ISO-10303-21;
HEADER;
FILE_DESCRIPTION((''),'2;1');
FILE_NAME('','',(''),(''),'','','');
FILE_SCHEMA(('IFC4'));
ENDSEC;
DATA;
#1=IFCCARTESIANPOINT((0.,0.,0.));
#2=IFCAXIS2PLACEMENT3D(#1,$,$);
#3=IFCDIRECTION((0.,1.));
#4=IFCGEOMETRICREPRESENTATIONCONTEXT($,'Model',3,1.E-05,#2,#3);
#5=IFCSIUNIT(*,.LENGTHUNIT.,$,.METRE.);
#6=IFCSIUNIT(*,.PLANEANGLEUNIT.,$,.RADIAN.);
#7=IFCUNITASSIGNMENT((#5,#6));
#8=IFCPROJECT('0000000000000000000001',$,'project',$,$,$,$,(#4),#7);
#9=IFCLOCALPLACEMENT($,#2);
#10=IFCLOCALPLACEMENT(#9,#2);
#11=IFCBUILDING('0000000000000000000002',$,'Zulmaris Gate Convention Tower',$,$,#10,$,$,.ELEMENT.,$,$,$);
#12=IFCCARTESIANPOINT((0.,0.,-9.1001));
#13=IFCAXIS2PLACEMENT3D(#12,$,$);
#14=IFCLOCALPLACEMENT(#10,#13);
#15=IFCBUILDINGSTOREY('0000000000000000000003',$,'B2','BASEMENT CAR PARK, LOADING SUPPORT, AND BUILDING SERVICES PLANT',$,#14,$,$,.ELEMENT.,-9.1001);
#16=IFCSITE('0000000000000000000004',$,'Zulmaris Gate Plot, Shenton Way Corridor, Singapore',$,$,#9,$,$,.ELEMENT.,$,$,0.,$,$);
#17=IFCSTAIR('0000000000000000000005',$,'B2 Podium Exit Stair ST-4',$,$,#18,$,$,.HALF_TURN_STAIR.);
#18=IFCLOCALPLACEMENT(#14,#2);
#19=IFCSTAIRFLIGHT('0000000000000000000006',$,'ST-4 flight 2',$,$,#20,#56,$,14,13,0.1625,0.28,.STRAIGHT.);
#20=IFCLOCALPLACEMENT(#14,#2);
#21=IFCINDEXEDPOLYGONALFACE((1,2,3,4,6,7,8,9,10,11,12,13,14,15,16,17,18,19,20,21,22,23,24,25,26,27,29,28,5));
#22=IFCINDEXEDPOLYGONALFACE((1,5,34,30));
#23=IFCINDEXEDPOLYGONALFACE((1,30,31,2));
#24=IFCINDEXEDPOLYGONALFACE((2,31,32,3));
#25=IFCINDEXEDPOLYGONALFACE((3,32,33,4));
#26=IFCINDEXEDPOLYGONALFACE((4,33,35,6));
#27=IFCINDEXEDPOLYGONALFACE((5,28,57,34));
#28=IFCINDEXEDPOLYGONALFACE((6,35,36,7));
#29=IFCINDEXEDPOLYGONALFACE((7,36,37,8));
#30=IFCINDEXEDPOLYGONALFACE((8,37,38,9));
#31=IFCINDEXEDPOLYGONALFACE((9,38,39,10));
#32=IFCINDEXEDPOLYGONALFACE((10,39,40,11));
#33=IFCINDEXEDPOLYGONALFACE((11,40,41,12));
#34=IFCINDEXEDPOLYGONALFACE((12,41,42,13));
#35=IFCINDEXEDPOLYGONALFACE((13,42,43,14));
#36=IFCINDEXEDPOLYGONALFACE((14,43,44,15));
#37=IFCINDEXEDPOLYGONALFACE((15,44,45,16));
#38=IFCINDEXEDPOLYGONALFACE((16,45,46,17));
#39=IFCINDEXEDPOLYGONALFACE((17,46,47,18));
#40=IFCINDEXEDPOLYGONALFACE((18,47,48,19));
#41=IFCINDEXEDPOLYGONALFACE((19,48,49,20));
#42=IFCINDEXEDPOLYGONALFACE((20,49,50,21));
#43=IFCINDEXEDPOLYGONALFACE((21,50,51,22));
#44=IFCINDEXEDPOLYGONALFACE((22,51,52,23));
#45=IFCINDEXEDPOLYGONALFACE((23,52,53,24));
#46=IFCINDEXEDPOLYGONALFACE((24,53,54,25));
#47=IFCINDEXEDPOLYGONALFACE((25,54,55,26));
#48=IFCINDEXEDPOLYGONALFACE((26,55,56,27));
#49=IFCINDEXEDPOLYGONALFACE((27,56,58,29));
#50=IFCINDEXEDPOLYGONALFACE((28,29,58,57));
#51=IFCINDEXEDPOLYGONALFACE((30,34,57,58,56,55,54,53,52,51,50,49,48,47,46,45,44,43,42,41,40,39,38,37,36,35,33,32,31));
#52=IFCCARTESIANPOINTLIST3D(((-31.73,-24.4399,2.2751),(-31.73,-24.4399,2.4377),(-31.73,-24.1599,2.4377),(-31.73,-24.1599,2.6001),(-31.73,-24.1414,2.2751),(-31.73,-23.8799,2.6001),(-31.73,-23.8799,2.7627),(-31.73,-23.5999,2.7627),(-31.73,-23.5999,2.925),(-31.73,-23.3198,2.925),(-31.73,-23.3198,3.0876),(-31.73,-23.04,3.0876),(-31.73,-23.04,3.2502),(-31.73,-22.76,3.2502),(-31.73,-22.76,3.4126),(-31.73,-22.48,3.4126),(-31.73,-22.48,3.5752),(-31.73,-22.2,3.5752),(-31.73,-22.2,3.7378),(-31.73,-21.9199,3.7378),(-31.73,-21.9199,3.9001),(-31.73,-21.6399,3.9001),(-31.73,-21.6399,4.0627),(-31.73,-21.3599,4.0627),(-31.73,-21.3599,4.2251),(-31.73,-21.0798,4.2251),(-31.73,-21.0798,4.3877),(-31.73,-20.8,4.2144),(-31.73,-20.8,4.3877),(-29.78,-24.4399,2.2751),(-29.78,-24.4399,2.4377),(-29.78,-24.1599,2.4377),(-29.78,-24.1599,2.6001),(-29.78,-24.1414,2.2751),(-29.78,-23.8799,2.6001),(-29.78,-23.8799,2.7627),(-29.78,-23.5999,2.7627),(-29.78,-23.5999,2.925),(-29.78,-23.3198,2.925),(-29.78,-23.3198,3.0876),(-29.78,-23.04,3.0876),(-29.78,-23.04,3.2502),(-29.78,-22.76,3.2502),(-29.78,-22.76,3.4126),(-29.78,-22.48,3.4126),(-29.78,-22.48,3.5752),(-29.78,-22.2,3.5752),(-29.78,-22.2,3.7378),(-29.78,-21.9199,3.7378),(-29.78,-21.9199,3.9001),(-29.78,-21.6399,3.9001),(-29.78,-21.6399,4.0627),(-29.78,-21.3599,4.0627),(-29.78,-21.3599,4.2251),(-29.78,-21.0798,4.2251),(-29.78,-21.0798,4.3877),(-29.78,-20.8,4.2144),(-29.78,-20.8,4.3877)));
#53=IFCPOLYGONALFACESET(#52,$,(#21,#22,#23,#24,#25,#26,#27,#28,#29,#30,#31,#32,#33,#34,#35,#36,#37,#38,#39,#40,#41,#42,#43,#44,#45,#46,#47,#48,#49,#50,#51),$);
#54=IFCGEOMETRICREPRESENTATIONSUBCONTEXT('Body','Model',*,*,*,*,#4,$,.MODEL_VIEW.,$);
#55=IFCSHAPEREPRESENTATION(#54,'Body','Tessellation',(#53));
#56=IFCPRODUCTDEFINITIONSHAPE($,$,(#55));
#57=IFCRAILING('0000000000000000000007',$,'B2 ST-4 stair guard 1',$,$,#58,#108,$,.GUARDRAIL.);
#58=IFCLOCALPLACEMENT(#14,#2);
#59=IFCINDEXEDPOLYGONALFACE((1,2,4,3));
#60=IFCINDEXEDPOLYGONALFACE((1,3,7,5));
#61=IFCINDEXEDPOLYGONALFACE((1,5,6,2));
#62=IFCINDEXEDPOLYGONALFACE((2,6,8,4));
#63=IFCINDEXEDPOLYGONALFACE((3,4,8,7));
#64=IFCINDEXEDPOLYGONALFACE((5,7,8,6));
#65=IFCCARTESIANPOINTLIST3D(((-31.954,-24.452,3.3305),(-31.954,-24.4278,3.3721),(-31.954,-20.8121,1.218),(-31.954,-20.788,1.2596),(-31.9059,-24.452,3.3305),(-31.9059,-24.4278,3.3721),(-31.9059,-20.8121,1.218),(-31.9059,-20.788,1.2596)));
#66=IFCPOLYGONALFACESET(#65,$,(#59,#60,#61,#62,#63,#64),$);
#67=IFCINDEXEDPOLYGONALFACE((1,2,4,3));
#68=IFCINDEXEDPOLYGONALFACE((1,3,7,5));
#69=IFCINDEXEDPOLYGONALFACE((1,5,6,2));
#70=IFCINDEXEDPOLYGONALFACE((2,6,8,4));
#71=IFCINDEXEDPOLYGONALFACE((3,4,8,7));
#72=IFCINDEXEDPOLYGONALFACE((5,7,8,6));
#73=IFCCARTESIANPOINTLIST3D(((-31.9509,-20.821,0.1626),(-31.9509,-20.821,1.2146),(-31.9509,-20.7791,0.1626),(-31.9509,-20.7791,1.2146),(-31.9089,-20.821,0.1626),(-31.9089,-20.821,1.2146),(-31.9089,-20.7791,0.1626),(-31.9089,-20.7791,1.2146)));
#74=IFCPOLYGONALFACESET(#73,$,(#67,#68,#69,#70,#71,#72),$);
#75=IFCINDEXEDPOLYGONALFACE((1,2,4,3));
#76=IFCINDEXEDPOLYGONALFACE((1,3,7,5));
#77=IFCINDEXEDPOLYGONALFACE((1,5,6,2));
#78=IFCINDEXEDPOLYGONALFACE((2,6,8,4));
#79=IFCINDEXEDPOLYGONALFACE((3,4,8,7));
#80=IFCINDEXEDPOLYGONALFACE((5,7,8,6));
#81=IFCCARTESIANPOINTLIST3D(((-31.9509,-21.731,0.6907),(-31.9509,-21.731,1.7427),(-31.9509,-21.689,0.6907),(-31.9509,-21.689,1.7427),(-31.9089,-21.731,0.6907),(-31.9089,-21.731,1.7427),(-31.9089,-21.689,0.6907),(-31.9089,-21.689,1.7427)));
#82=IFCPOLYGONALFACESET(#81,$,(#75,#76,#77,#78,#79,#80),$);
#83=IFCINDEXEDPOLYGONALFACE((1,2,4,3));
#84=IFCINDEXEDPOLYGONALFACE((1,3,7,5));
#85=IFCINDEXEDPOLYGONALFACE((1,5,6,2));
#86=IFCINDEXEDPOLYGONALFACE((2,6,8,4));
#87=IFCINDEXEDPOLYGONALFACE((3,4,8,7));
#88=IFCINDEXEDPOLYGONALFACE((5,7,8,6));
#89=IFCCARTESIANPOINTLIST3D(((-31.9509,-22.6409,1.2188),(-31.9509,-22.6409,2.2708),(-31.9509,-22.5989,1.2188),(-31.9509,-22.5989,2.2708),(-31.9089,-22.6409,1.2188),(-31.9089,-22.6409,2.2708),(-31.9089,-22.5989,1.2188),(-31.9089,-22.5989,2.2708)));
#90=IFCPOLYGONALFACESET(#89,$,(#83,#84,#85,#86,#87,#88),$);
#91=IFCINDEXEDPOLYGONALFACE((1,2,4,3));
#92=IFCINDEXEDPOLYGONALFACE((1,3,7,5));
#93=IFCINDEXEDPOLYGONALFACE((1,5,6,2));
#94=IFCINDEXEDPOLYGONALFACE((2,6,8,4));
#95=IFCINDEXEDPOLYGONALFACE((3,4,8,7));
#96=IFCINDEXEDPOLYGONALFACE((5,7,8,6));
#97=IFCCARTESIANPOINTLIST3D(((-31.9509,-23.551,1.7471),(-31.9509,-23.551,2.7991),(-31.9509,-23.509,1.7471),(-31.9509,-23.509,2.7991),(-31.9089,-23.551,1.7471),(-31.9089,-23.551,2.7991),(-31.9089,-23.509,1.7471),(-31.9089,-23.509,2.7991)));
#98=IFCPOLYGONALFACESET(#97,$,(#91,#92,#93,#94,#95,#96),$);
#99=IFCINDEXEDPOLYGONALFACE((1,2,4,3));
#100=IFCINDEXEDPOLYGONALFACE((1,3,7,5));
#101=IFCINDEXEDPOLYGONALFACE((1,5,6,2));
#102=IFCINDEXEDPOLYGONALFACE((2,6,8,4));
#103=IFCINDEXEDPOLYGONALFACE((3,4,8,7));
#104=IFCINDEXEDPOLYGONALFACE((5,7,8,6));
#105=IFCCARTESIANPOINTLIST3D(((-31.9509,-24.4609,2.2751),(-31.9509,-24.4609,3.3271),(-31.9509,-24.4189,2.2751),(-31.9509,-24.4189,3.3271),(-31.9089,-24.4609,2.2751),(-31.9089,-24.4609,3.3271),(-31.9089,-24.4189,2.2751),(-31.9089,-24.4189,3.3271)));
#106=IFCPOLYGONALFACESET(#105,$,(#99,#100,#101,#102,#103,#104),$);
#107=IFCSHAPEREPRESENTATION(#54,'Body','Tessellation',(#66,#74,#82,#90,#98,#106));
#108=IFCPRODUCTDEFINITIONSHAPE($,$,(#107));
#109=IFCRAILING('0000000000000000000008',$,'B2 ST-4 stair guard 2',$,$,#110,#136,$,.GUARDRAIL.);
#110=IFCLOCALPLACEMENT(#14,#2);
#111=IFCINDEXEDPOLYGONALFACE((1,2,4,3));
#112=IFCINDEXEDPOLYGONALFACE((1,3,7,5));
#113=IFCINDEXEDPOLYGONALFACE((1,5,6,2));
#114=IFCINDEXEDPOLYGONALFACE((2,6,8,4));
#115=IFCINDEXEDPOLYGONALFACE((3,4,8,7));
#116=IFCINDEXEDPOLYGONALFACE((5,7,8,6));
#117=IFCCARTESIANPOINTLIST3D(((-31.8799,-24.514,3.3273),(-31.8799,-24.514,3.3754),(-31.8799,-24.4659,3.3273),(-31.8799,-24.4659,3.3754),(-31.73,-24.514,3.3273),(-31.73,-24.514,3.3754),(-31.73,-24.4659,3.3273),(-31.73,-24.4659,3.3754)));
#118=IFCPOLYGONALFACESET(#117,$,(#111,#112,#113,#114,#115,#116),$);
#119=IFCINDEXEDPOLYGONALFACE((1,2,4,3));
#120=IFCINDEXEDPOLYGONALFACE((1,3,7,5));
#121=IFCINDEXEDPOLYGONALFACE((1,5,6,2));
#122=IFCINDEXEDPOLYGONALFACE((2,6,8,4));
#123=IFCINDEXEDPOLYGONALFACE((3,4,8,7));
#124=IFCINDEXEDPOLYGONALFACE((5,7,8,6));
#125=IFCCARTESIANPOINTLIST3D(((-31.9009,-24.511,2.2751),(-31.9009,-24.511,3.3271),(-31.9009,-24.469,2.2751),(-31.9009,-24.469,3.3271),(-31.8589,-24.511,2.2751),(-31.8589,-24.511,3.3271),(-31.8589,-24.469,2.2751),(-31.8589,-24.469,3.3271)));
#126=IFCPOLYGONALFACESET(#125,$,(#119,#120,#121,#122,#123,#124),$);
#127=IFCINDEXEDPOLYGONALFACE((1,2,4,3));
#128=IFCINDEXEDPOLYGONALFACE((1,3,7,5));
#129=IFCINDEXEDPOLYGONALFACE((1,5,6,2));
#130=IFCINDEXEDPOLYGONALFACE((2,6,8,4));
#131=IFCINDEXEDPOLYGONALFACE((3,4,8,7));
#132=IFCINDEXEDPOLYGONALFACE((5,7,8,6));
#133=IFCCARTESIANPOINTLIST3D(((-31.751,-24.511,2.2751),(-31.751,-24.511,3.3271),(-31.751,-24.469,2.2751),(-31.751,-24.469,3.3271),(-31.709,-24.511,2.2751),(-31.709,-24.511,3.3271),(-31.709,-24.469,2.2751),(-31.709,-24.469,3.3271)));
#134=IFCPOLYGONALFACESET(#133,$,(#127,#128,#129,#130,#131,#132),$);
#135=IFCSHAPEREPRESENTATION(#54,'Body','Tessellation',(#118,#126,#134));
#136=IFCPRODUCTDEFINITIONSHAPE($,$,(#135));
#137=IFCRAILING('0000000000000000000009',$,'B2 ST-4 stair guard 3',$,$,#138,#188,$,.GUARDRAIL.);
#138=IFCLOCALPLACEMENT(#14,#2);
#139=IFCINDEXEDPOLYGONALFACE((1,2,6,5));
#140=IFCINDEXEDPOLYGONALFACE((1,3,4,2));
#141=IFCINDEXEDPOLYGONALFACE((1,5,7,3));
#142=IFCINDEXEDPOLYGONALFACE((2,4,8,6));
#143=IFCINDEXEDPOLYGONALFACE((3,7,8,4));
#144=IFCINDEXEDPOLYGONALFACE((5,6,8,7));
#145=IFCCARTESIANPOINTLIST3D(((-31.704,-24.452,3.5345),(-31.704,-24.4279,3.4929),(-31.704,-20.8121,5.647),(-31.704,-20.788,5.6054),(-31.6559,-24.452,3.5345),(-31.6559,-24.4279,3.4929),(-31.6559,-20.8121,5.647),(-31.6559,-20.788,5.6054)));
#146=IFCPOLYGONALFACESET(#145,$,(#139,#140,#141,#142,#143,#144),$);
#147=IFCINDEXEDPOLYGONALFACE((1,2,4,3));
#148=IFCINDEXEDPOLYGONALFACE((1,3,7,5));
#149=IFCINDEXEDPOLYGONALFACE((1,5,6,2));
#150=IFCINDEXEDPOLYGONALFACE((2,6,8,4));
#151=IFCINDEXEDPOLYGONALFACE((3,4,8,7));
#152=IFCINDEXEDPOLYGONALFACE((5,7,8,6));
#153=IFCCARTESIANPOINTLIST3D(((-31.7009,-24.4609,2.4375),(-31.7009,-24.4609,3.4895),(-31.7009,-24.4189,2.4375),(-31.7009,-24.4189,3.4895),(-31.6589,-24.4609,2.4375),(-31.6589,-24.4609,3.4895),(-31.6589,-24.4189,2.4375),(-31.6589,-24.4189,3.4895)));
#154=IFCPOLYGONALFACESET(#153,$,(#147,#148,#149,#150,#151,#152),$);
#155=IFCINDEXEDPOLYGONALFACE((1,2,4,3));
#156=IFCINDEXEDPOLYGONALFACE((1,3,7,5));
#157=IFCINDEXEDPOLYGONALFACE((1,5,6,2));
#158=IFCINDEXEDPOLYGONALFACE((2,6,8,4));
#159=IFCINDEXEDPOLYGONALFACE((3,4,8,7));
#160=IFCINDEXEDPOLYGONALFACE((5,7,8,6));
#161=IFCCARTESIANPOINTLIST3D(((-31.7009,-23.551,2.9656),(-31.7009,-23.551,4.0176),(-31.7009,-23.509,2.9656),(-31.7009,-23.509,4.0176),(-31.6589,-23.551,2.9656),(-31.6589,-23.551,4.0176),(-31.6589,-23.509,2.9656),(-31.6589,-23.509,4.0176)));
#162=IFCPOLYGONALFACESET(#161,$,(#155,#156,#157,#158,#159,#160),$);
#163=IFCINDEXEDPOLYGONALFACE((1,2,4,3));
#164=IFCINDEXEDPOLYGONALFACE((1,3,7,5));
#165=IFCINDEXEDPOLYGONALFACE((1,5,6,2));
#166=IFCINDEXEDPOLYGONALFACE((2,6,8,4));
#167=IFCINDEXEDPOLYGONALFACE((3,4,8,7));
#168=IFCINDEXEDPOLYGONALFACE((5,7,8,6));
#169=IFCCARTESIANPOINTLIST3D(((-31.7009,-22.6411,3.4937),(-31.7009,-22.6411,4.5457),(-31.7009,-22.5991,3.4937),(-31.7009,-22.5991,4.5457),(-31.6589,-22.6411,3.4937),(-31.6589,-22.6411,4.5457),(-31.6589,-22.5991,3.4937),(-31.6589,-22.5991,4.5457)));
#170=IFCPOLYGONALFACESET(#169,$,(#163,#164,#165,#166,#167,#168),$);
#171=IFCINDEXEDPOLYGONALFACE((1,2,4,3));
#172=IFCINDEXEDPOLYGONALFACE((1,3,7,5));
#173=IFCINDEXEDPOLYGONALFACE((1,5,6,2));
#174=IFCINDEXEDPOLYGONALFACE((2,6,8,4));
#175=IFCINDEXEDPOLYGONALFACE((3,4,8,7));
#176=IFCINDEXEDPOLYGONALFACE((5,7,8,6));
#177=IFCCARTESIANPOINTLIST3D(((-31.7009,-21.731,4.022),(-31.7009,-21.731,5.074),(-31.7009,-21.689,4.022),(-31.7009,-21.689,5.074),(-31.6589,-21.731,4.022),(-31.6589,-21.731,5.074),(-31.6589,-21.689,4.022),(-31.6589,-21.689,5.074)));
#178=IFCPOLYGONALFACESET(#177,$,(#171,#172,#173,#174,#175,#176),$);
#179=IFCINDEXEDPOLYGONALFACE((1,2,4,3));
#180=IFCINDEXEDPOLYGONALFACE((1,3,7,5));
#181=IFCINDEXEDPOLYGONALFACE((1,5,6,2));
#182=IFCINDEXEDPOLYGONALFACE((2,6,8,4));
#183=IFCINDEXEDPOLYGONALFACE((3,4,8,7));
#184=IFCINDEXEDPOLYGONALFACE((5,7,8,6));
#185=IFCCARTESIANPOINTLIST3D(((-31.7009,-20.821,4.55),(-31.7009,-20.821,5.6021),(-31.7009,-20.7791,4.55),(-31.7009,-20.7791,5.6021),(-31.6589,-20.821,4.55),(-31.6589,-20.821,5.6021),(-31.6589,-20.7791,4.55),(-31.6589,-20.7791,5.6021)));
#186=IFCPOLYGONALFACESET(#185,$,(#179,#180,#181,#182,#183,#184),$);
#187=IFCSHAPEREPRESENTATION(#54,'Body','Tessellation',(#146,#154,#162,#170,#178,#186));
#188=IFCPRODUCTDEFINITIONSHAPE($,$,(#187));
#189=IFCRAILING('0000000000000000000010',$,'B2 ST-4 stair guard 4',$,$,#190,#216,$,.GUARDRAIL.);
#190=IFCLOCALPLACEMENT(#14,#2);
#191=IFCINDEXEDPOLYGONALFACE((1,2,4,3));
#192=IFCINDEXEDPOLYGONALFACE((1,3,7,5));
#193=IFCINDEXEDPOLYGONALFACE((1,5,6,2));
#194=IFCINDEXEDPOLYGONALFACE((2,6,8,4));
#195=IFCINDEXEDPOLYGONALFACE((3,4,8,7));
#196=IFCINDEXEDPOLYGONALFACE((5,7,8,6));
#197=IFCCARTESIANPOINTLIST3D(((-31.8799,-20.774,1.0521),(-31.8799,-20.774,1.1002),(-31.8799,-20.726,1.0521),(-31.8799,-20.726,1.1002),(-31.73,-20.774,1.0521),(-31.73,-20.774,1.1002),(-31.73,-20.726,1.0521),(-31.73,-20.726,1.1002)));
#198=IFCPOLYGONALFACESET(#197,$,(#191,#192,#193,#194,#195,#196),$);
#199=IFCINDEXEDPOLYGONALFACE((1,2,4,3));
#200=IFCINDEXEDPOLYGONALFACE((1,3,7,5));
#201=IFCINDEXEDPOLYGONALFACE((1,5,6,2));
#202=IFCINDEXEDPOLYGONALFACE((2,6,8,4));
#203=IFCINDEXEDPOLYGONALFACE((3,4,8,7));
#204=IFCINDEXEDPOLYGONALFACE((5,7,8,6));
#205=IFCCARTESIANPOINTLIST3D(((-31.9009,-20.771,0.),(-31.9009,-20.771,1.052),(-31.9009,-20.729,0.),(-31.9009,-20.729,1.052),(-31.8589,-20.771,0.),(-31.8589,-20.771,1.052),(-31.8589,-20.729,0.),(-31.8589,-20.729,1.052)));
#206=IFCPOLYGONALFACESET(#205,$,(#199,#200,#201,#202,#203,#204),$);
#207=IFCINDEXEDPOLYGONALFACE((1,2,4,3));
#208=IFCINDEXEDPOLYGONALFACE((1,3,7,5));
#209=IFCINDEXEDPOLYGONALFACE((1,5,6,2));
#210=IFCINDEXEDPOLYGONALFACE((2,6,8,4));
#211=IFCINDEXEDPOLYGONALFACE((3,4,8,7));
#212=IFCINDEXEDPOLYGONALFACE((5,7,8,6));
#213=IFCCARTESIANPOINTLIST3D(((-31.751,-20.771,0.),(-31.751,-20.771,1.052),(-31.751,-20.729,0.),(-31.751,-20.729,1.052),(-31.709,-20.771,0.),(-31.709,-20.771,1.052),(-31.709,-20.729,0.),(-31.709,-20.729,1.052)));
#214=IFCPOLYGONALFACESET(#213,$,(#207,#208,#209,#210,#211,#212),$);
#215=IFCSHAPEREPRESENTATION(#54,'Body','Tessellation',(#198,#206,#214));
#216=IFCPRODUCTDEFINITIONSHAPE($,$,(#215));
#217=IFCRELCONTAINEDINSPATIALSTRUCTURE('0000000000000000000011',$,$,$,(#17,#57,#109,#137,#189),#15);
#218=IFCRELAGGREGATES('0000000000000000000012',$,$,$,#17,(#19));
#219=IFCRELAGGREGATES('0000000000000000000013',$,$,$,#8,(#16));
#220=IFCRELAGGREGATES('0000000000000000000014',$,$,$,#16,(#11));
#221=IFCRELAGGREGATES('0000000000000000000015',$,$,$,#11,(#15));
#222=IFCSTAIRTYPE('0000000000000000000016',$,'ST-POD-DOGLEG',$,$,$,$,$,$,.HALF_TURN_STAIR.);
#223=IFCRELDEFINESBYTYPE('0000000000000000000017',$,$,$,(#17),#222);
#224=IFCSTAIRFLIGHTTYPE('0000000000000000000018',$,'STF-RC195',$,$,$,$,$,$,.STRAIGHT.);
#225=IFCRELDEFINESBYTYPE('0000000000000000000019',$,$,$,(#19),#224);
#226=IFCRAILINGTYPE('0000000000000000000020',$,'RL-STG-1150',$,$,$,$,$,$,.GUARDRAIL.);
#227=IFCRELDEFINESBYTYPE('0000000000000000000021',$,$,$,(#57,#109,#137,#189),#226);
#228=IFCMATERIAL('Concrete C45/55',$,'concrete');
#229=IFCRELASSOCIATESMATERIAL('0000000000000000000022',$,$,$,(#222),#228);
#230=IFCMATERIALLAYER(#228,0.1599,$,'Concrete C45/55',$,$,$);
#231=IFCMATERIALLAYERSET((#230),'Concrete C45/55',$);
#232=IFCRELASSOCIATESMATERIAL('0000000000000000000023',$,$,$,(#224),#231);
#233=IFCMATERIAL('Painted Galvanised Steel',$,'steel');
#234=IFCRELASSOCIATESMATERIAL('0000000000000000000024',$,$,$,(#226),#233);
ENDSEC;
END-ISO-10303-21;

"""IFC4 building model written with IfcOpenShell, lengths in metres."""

from ifc_helpers import new_model, si_unit, direction, frame, origin, origin_2d, place, context, subcontext, project, spatial, polyline, rectangle, outline, extrude, material, layer, layer_set, type_object, element, aggregate, save


model = new_model("IFC4")

# Units and contexts
model_context = context("Model", 3, precision=1e-05, world=origin(), true_north=direction((0.0, 1.0)))
body_context = subcontext(model_context, "Body", "Model", "MODEL_VIEW")
ifc_project = project(units=[si_unit("LENGTHUNIT", "METRE"), si_unit("PLANEANGLEUNIT", "RADIAN")], contexts=[model_context])

# Site, building, storey
site_placement = place(None, origin())
site = spatial("IfcSite", under=ifc_project, at=site_placement, Name="Zulmaris Gate Plot, Shenton Way Corridor, Singapore", CompositionType="ELEMENT", RefElevation=0.0)
building_placement = place(site_placement, origin())
building = spatial("IfcBuilding", under=site, at=building_placement, Name="Zulmaris Gate Convention Tower", CompositionType="ELEMENT")
storey_placement = place(building_placement, frame((0.0, 0.0, -9.1001)))
storey = spatial("IfcBuildingStorey", under=building, at=storey_placement, Name="B2", Description="BASEMENT CAR PARK, LOADING SUPPORT, AND BUILDING SERVICES PLANT", CompositionType="ELEMENT", Elevation=-9.1001)

# Stair, stair flight
ifc_material_1 = material(Name="Concrete C45/55", Category="concrete")
stair_type = type_object("IfcStairType", Name="ST-POD-DOGLEG", PredefinedType="HALF_TURN_STAIR", material=ifc_material_1)
stair_placement = place(storey_placement, origin())
stair = element("IfcStair", 1, at=stair_placement, inside=storey, type_object=stair_type, Name="B2 Podium Exit Stair ST-4", PredefinedType="HALF_TURN_STAIR")
ifc_layer_1 = layer(ifc_material_1, 0.1599, Name="Concrete C45/55")
ifc_layer_set_1 = layer_set([ifc_layer_1], Name="Concrete C45/55")
stair_flight_type = type_object("IfcStairFlightType", Name="STF-RC195", PredefinedType="STRAIGHT", material=ifc_layer_set_1)
stair_flight_1_placement = place(storey_placement, frame((-30.7549, -24.4399, 2.2751), z_axis=(0.0, 0.0, 1.0), x_axis=(0.0, 1.0, 0.0)))
stair_flight_1 = element("IfcStairFlight", 2, at=stair_flight_1_placement, type_object=stair_flight_type, Name="ST-4 flight 2", NumberOfRisers=14, NumberOfTreads=13, PredefinedType="STRAIGHT", RiserHeight=0.1625, TreadLength=0.28, context=body_context, shape_type="SweptSolid", body=[
    extrude(outline(polyline([(0.0, 0.0), (0.0, 0.1626), (0.28, 0.1626), (0.28, 0.325), (0.5601, 0.325), (0.5601, 0.4875), (0.8401, 0.4875), (0.8401, 0.6499), (1.1201, 0.6499), (1.1201, 0.8125), (1.3999, 0.8125), (1.3999, 0.9751), (1.6799, 0.9751), (1.6799, 1.1375), (1.96, 1.1375), (1.96, 1.3), (2.24, 1.3), (2.24, 1.4626), (2.52, 1.4626), (2.52, 1.625), (2.8, 1.625), (2.8, 1.7876), (3.0801, 1.7876), (3.0801, 1.95), (3.3601, 1.95), (3.3601, 2.1125), (3.6399, 2.1125), (3.6399, 2.2751), (3.6399, 1.9392), (0.2986, 0.0), (0.0, 0.0)])), frame((0.0, 0.9751, 0.0), z_axis=(0.0, -1.0, 0.0), x_axis=(1.0, 0.0, 0.0)), (0.0, 0.0, 1.0), 1.95),
])
aggregate(stair, [stair_flight_1])

# Railings
ifc_material_2 = material(Name="Painted Galvanised Steel", Category="steel")
railing_type_1 = type_object("IfcRailingType", Name="RL-STG-1150", PredefinedType="GUARDRAIL", material=ifc_material_2)
railing_1_placement = place(storey_placement, frame((-31.9299, -20.8, 0.1626)))
element("IfcRailing", 3, at=railing_1_placement, inside=storey, type_object=railing_type_1, Name="B2 ST-4 stair guard 1", PredefinedType="GUARDRAIL", context=body_context, shape_type="SweptSolid", body=[
    extrude(rectangle(XDim=0.0481, YDim=0.0481, at=origin_2d()), frame((0.0, 0.0, 1.0762), z_axis=(0.0, -0.864886, 0.501969), x_axis=(1.0, 0.0, 0.0)), (0.0, 0.0, 1.0), 4.2085),
    extrude(rectangle(XDim=0.042, YDim=0.042, at=origin_2d()), origin(), (0.0, 0.0, 1.0), 1.052),
    extrude(rectangle(XDim=0.042, YDim=0.042, at=origin_2d()), frame((0.0, -0.9099, 0.5281)), (0.0, 0.0, 1.0), 1.052),
    extrude(rectangle(XDim=0.042, YDim=0.042, at=origin_2d()), frame((0.0, -1.8198, 1.0562)), (0.0, 0.0, 1.0), 1.052),
    extrude(rectangle(XDim=0.042, YDim=0.042, at=origin_2d()), frame((0.0, -2.73, 1.5845)), (0.0, 0.0, 1.0), 1.052),
    extrude(rectangle(XDim=0.042, YDim=0.042, at=origin_2d()), frame((0.0, -3.6399, 2.1125)), (0.0, 0.0, 1.0), 1.052),
])
railing_2_placement = place(storey_placement, frame((-31.8799, -24.49, 2.2751)))
element("IfcRailing", 4, at=railing_2_placement, inside=storey, type_object=railing_type_1, Name="B2 ST-4 stair guard 2", PredefinedType="GUARDRAIL", context=body_context, shape_type="SweptSolid", body=[
    extrude(rectangle(XDim=0.0481, YDim=0.0481, at=origin_2d()), frame((0.0, 0.0, 1.0762), z_axis=(1.0, 0.0, 0.0), x_axis=(0.0, 1.0, 0.0)), (0.0, 0.0, 1.0), 0.1499),
    extrude(rectangle(XDim=0.042, YDim=0.042, at=origin_2d()), origin(), (0.0, 0.0, 1.0), 1.052),
    extrude(rectangle(XDim=0.042, YDim=0.042, at=origin_2d()), frame((0.1499, 0.0, 0.0)), (0.0, 0.0, 1.0), 1.052),
])
railing_3_placement = place(storey_placement, frame((-31.6799, -24.4399, 2.4375)))
element("IfcRailing", 5, at=railing_3_placement, inside=storey, type_object=railing_type_1, Name="B2 ST-4 stair guard 3", PredefinedType="GUARDRAIL", context=body_context, shape_type="SweptSolid", body=[
    extrude(rectangle(XDim=0.0481, YDim=0.0481, at=origin_2d()), frame((0.0, 0.0, 1.0762), z_axis=(0.0, 0.864886, 0.501969), x_axis=(-1.0, 0.0, 0.0)), (0.0, 0.0, 1.0), 4.2085),
    extrude(rectangle(XDim=0.042, YDim=0.042, at=origin_2d()), origin(), (0.0, 0.0, 1.0), 1.052),
    extrude(rectangle(XDim=0.042, YDim=0.042, at=origin_2d()), frame((0.0, 0.9099, 0.5281)), (0.0, 0.0, 1.0), 1.052),
    extrude(rectangle(XDim=0.042, YDim=0.042, at=origin_2d()), frame((0.0, 1.8198, 1.0562)), (0.0, 0.0, 1.0), 1.052),
    extrude(rectangle(XDim=0.042, YDim=0.042, at=origin_2d()), frame((0.0, 2.73, 1.5845)), (0.0, 0.0, 1.0), 1.052),
    extrude(rectangle(XDim=0.042, YDim=0.042, at=origin_2d()), frame((0.0, 3.6399, 2.1125)), (0.0, 0.0, 1.0), 1.052),
])
railing_4_placement = place(storey_placement, frame((-31.8799, -20.75, 0.0)))
element("IfcRailing", 6, at=railing_4_placement, inside=storey, type_object=railing_type_1, Name="B2 ST-4 stair guard 4", PredefinedType="GUARDRAIL", context=body_context, shape_type="SweptSolid", body=[
    extrude(rectangle(XDim=0.0481, YDim=0.0481, at=origin_2d()), frame((0.0, 0.0, 1.0762), z_axis=(1.0, 0.0, 0.0), x_axis=(0.0, 1.0, 0.0)), (0.0, 0.0, 1.0), 0.1499),
    extrude(rectangle(XDim=0.042, YDim=0.042, at=origin_2d()), origin(), (0.0, 0.0, 1.0), 1.052),
    extrude(rectangle(XDim=0.042, YDim=0.042, at=origin_2d()), frame((0.1499, 0.0, 0.0)), (0.0, 0.0, 1.0), 1.052),
])

save(model, "model.ifc")
